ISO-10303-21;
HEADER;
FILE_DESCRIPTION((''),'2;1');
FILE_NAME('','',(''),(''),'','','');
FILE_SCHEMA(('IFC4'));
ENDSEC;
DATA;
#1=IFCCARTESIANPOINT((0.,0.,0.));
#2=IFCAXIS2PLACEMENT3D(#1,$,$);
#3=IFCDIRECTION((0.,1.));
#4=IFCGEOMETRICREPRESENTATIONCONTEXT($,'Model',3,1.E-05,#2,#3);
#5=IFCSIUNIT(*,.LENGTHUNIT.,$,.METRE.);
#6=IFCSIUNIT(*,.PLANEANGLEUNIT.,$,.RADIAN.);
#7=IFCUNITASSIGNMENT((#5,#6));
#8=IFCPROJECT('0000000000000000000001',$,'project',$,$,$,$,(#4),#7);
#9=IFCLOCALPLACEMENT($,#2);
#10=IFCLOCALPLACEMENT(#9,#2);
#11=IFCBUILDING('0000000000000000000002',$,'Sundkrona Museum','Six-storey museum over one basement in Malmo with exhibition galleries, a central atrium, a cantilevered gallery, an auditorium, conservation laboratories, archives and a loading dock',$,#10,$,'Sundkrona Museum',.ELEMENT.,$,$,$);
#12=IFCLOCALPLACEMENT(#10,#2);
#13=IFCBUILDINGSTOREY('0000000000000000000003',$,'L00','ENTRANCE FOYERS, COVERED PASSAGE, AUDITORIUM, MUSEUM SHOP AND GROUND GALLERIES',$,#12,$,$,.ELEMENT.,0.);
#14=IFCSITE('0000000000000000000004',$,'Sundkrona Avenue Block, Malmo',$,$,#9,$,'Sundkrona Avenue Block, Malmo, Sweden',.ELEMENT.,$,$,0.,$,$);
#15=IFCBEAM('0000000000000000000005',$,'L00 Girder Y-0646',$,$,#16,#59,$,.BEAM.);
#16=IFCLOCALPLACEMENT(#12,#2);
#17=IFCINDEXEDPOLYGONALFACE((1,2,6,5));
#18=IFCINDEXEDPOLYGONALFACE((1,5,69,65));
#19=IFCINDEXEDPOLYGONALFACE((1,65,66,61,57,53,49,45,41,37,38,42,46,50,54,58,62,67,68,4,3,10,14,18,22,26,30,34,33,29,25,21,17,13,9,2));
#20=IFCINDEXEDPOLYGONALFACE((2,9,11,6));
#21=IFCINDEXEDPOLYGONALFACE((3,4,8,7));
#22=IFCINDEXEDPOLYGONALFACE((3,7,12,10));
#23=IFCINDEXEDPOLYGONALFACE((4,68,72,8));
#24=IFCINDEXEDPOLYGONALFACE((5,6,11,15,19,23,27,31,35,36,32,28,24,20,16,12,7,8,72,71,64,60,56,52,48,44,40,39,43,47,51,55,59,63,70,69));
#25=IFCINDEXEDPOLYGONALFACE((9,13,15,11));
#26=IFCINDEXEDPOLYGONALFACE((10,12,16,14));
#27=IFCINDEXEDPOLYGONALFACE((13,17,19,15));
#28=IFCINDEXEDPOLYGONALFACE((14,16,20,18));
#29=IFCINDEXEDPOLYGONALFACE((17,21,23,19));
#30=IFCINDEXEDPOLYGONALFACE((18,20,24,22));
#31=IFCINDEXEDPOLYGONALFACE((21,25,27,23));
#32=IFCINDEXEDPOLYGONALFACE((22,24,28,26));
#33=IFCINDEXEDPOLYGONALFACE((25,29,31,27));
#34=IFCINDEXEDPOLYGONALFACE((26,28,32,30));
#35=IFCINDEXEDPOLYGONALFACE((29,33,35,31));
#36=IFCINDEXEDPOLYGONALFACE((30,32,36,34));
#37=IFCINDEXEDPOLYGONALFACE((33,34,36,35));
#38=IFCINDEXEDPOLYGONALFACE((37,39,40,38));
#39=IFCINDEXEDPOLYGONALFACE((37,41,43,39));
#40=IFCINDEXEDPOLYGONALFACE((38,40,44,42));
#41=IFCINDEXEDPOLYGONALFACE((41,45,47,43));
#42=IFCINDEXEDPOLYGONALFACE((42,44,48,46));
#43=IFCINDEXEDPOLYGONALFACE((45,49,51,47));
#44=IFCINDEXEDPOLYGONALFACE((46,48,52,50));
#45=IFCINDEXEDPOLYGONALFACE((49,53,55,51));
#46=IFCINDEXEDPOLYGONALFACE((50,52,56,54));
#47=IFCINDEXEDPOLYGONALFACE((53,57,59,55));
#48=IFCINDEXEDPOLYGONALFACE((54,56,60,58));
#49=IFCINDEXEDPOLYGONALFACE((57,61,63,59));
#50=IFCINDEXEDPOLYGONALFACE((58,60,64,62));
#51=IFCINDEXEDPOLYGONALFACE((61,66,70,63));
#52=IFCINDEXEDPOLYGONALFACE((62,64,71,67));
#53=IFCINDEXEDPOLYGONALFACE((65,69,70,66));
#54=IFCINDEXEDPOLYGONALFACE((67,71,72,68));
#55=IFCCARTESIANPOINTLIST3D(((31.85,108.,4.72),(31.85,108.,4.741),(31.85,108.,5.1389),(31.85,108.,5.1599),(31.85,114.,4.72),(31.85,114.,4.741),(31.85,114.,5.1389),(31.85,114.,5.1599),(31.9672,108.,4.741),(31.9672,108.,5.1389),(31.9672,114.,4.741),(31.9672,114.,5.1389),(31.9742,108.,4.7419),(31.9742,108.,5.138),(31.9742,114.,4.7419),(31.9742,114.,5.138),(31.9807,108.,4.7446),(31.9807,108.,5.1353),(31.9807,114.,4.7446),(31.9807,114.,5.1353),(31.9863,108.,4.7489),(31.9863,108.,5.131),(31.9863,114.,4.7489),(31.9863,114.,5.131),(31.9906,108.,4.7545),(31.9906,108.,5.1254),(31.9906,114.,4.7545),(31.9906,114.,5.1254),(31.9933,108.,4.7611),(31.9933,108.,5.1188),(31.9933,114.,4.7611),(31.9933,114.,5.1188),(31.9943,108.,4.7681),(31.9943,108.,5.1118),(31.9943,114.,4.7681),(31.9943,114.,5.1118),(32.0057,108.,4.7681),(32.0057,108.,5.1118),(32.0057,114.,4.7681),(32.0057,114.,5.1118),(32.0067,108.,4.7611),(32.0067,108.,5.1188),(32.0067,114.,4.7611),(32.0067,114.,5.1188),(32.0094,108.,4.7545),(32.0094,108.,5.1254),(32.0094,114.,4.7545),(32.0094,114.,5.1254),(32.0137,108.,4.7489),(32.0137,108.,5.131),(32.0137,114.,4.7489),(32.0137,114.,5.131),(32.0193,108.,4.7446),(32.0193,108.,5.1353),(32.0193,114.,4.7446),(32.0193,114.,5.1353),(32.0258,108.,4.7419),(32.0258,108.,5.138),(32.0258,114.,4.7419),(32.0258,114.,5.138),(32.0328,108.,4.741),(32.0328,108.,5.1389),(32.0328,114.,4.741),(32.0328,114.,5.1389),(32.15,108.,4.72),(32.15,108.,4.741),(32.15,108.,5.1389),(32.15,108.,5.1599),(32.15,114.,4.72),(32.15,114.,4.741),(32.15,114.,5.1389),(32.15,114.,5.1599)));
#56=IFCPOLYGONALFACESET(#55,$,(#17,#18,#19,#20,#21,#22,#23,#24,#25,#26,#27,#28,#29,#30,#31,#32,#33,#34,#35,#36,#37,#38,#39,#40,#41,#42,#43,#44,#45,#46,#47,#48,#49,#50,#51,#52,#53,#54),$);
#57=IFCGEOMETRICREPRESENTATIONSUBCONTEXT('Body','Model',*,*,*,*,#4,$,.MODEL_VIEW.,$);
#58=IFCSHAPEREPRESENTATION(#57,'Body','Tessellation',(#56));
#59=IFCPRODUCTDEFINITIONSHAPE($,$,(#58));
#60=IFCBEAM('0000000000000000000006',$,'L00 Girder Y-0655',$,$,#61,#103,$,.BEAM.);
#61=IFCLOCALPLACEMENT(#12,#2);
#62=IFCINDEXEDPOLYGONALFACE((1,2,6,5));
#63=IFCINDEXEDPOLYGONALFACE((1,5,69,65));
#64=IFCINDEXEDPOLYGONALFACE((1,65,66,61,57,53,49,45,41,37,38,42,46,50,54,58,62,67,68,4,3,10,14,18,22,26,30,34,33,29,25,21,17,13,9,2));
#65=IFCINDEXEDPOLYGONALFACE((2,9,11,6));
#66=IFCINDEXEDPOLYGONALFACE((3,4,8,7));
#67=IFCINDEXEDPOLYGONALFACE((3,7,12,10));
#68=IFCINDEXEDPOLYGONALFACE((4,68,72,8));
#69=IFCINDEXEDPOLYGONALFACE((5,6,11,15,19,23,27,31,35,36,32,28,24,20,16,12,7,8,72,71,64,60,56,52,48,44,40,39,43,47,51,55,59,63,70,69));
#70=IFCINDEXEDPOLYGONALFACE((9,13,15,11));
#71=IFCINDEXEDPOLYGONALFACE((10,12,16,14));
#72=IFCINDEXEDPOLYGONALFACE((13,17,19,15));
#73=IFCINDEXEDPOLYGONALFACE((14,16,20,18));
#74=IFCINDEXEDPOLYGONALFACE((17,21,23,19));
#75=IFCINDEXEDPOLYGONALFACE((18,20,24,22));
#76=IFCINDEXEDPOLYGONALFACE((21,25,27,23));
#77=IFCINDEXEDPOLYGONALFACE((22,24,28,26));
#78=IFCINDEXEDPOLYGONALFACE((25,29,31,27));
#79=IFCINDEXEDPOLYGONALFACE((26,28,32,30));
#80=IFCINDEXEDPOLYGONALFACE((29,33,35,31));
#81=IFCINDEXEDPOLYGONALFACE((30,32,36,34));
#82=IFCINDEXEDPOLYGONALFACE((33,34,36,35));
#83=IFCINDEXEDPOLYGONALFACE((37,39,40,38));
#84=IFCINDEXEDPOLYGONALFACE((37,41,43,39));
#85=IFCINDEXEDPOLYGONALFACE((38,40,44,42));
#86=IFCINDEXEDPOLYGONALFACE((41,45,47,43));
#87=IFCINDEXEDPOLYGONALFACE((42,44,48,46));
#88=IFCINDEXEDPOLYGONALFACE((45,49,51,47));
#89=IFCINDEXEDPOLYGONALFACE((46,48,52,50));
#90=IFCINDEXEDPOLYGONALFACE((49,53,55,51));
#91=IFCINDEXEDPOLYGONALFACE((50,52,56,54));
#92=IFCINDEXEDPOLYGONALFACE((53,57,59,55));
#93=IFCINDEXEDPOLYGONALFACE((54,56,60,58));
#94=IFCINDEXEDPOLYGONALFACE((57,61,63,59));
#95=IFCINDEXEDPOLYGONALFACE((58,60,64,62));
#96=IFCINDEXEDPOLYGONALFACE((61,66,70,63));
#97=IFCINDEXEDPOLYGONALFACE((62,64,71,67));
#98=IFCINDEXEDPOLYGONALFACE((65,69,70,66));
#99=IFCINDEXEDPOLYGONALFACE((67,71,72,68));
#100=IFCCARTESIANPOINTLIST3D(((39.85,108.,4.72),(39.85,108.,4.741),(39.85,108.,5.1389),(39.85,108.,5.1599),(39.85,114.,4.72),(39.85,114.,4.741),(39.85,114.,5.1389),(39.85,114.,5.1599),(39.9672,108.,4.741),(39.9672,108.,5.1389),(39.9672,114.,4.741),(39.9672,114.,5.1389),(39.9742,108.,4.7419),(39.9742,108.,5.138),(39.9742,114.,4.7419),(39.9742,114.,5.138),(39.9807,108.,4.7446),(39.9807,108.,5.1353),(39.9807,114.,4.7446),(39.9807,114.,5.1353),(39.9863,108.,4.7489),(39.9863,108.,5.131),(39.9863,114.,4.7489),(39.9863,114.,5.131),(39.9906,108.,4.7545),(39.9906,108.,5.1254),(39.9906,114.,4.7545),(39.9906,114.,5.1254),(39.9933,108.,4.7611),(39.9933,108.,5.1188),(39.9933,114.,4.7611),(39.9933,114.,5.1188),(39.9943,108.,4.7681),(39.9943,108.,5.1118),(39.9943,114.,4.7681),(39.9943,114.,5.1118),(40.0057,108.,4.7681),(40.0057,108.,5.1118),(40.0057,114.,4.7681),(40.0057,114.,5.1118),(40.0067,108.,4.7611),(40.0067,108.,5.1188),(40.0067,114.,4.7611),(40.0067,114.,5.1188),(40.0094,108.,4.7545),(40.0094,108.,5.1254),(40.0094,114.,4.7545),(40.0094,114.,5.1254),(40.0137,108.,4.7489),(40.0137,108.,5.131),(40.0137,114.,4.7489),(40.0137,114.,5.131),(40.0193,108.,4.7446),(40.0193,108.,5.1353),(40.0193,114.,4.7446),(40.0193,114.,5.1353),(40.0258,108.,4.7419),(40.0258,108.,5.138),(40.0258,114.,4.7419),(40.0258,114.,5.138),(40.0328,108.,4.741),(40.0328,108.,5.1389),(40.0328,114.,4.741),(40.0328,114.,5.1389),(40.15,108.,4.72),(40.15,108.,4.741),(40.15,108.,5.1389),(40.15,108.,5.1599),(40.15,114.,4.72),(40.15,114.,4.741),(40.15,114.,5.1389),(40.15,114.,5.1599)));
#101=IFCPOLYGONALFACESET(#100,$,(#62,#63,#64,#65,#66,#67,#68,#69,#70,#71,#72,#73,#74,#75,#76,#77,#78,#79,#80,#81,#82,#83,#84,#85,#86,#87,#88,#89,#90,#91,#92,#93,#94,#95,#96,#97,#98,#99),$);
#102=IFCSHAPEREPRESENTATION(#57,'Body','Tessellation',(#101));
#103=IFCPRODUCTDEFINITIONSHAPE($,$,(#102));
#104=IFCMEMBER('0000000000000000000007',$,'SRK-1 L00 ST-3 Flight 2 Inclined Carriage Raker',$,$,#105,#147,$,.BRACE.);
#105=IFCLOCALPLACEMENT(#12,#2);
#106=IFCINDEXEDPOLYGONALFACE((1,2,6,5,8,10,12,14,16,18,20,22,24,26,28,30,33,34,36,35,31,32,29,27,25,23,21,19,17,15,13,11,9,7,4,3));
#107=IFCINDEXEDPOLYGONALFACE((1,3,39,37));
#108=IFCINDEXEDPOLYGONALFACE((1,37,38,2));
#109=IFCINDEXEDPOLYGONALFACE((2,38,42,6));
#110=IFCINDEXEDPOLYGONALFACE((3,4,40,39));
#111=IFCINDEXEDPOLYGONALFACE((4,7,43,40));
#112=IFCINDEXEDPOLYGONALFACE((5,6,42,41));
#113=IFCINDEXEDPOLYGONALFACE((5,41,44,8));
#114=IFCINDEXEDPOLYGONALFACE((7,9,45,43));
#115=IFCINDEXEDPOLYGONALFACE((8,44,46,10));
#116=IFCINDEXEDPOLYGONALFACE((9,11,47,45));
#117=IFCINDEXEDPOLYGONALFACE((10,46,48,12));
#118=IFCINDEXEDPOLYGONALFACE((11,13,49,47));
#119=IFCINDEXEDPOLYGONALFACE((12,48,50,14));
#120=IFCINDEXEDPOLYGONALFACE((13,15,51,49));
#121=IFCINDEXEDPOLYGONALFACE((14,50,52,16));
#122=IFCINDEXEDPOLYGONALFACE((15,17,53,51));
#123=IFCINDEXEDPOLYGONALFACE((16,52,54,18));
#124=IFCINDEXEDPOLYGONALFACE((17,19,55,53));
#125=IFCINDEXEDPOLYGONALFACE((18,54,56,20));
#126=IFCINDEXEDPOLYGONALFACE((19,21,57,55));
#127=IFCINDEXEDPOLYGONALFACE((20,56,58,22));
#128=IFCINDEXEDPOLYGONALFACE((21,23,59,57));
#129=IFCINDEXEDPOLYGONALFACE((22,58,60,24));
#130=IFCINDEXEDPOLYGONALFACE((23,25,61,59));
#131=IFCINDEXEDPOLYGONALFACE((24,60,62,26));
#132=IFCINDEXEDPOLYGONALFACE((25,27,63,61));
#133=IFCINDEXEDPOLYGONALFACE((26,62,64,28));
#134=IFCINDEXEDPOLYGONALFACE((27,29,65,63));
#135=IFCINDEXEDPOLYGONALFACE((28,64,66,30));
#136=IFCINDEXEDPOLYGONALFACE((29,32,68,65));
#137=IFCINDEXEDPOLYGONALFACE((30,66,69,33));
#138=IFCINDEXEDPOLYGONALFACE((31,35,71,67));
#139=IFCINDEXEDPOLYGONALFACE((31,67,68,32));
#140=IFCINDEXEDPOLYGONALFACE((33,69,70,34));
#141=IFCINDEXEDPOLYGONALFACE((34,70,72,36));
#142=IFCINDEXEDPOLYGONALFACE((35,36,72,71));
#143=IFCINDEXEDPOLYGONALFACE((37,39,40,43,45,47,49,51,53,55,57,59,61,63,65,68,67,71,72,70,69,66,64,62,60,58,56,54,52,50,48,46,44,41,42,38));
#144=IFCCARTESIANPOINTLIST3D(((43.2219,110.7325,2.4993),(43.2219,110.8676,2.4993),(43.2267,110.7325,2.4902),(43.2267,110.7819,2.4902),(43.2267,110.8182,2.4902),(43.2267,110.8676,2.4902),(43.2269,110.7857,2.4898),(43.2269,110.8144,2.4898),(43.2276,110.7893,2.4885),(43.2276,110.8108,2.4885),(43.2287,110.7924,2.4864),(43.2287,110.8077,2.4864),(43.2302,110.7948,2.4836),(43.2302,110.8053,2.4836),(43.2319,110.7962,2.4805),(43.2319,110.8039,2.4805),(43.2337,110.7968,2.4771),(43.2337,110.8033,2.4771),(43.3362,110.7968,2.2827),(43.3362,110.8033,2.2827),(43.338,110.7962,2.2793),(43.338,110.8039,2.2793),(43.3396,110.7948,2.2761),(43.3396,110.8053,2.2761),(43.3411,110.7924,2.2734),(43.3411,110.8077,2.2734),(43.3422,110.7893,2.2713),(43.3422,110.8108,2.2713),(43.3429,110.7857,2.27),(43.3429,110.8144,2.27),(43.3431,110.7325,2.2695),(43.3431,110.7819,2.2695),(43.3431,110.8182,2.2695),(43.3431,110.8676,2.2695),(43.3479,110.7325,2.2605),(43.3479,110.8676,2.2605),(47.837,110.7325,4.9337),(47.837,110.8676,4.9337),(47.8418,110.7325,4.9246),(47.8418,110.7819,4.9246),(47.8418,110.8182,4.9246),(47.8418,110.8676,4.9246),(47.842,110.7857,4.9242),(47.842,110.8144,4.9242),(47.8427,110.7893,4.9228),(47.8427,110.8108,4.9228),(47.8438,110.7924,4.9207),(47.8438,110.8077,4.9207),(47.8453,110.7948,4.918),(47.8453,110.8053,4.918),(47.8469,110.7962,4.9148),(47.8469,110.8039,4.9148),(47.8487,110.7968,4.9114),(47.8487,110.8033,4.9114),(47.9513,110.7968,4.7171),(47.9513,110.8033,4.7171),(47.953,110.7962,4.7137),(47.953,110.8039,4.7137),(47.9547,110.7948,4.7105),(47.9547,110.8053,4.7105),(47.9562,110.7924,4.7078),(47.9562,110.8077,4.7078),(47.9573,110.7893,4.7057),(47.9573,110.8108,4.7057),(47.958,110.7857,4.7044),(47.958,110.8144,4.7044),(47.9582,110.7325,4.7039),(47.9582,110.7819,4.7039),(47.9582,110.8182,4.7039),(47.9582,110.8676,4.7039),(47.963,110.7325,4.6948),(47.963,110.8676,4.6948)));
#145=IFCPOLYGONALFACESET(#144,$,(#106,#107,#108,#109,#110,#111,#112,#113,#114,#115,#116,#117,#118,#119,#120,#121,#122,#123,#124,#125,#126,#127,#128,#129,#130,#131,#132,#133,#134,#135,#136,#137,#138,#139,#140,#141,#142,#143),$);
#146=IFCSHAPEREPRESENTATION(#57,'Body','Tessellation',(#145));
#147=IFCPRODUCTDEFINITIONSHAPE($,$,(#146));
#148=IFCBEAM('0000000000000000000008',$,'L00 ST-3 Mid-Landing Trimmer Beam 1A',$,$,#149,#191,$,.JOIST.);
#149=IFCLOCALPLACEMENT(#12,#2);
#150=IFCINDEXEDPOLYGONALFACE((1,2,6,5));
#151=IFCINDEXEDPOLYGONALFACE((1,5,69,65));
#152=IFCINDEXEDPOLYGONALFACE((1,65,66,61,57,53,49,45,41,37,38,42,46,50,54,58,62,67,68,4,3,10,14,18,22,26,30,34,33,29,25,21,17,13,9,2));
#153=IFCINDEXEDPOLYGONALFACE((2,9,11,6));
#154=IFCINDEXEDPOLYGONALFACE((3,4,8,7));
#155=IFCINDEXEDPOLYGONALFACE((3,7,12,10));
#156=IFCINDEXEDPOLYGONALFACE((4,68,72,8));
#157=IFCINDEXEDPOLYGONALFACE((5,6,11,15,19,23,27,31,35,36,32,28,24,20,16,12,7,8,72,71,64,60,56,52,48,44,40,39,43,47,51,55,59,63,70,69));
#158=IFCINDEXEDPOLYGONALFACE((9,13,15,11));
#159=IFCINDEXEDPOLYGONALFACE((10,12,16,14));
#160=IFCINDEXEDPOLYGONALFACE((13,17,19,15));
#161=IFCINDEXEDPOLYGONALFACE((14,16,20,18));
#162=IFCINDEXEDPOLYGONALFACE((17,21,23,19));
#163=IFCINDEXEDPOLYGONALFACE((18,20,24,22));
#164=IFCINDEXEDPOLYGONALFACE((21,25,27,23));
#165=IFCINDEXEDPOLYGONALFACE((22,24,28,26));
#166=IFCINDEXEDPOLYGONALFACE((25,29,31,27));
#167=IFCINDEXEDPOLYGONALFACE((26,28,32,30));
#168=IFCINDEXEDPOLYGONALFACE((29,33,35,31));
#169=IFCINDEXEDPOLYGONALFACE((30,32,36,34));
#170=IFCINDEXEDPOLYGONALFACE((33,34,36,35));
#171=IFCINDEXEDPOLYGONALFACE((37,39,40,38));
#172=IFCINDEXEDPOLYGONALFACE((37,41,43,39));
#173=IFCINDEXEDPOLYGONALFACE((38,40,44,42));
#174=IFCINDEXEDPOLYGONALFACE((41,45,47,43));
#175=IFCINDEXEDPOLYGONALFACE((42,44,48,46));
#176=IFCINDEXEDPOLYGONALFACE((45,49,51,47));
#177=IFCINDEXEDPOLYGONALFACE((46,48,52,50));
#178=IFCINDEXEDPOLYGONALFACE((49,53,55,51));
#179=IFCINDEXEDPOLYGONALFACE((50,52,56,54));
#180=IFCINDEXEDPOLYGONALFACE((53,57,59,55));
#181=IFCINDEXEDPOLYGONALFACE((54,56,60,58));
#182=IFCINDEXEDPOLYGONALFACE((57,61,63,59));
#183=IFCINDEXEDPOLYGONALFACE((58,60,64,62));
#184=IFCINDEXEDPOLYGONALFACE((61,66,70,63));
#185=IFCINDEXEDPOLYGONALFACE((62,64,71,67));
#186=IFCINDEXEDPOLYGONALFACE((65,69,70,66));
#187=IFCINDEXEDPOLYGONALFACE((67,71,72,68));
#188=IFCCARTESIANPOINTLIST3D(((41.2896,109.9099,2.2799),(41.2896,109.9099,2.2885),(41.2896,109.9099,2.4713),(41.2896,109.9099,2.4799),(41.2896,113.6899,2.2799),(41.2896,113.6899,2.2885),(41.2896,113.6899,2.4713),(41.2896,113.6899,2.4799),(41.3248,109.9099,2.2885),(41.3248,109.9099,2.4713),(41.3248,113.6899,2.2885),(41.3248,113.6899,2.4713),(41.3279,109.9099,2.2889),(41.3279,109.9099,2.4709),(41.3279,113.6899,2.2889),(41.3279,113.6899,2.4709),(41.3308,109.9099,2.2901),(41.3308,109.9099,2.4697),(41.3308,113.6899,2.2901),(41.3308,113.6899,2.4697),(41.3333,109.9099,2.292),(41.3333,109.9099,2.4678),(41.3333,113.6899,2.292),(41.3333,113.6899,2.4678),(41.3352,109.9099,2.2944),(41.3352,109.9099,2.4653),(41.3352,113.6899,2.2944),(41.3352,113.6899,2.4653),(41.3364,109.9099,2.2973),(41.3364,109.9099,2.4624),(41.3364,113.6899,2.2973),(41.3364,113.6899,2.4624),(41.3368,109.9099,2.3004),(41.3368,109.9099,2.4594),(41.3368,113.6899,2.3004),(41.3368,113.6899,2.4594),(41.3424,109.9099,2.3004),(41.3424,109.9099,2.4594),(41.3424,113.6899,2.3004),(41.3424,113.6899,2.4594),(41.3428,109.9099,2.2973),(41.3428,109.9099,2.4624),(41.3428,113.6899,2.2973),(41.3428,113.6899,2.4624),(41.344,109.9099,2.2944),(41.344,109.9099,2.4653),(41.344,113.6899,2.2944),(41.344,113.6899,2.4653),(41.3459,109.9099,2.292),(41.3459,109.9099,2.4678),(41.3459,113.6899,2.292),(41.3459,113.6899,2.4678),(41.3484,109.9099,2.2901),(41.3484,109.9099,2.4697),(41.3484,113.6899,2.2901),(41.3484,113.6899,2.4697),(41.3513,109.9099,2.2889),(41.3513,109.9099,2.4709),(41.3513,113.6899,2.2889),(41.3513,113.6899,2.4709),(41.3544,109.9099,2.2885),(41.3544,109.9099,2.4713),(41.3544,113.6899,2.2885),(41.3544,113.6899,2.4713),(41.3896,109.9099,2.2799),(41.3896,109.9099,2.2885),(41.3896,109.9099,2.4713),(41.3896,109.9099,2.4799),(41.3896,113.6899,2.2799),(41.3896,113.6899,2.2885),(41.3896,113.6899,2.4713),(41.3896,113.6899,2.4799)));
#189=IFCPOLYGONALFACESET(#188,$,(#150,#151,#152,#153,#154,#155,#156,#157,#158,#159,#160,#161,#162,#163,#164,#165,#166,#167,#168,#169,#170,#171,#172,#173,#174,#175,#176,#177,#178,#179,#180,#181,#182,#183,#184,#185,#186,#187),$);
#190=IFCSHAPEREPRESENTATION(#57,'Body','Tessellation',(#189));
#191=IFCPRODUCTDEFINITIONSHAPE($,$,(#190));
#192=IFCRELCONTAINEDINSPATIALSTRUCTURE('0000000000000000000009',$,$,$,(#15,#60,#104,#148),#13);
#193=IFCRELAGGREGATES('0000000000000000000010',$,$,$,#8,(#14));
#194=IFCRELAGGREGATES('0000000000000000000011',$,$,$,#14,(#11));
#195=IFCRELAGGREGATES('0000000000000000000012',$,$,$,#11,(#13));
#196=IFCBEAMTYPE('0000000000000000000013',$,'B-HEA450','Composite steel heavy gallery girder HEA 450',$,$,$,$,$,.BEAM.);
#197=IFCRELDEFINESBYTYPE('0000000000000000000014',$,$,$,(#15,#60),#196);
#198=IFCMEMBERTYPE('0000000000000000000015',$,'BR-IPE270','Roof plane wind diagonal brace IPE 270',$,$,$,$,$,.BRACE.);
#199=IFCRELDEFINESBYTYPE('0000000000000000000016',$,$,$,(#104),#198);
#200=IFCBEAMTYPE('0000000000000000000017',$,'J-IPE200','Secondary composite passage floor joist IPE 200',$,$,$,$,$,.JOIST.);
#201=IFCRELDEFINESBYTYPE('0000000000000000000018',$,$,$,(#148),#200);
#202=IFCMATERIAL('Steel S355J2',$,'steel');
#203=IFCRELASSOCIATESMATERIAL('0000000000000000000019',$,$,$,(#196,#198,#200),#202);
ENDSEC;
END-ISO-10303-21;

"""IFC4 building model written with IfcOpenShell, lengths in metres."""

from ifc_helpers import new_model, si_unit, direction, frame, origin, origin_2d, place, context, subcontext, project, spatial, i_section, extrude, material, material_profile, profile_set, type_object, element, save


model = new_model("IFC4")

# Units and contexts
model_context = context("Model", 3, precision=1e-05, world=origin(), true_north=direction((0.0, 1.0)))
body_context = subcontext(model_context, "Body", "Model", "MODEL_VIEW")
ifc_project = project(units=[si_unit("LENGTHUNIT", "METRE"), si_unit("PLANEANGLEUNIT", "RADIAN")], contexts=[model_context])

# Site, building, storey
site_placement = place(None, origin())
site = spatial("IfcSite", under=ifc_project, at=site_placement, Name="Sundkrona Avenue Block, Malmo", LongName="Sundkrona Avenue Block, Malmo, Sweden", CompositionType="ELEMENT", RefElevation=0.0)
building_placement = place(site_placement, origin())
building = spatial("IfcBuilding", under=site, at=building_placement, Name="Sundkrona Museum", Description="Six-storey museum over one basement in Malmo with exhibition galleries, a central atrium, a cantilevered gallery, an auditorium, conservation laboratories, archives and a loading dock", LongName="Sundkrona Museum", CompositionType="ELEMENT")
storey_placement = place(building_placement, origin())
storey = spatial("IfcBuildingStorey", under=building, at=storey_placement, Name="L00", Description="ENTRANCE FOYERS, COVERED PASSAGE, AUDITORIUM, MUSEUM SHOP AND GROUND GALLERIES", CompositionType="ELEMENT", Elevation=0.0)

# Shared definitions
ifc_material_1 = material(Name="Steel S355J2", Category="steel")

# Beams
ifc_material_profile_1 = material_profile(ifc_material_1, i_section(OverallWidth=0.3, OverallDepth=0.4399, WebThickness=0.0115, FlangeThickness=0.021, FilletRadius=0.0271, at=origin_2d()), Name="HEA 450")
ifc_profile_set_1 = profile_set([ifc_material_profile_1], Name="Steel S355J2")
beam_type_1 = type_object("IfcBeamType", Name="B-HEA450", Description="Composite steel heavy gallery girder HEA 450", PredefinedType="BEAM", material=ifc_profile_set_1)
for number, where, z_axis, x_axis, name in (
    (1, (32.0, 108.0, 4.9399), (0.0, 1.0, 0.0), (-1.0, 0.0, 0.0), "L00 Girder Y-0646"),
    (2, (40.0, 108.0, 4.9399), (0.0, 1.0, 0.0), (-1.0, 0.0, 0.0), "L00 Girder Y-0655"),
):
    element("IfcBeam", number, at=place(storey_placement, frame(where, z_axis=z_axis, x_axis=x_axis)), inside=storey, type_object=beam_type_1, Name=name, PredefinedType="BEAM", context=body_context, shape_type="SweptSolid", body=[
        extrude(i_section(OverallWidth=0.3, OverallDepth=0.4399, WebThickness=0.0115, FlangeThickness=0.021, FilletRadius=0.0271, at=origin_2d()), origin(), (0.0, 0.0, 1.0), 6.0),
    ])

# Member
ifc_material_profile_2 = material_profile(ifc_material_1, i_section(OverallWidth=0.135, OverallDepth=0.27, WebThickness=0.0066, FlangeThickness=0.0103, FilletRadius=0.0149, at=origin_2d()), Name="IPE 270")
ifc_profile_set_2 = profile_set([ifc_material_profile_2], Name="Steel S355J2")
member_type = type_object("IfcMemberType", Name="BR-IPE270", Description="Roof plane wind diagonal brace IPE 270", PredefinedType="BRACE", material=ifc_profile_set_2)
member_placement = place(storey_placement, frame((43.2849, 110.8, 2.3799), z_axis=(0.884493, 0.0, 0.466554), x_axis=(0.0, 1.0, 0.0)))
element("IfcMember", 3, at=member_placement, inside=storey, type_object=member_type, Name="SRK-1 L00 ST-3 Flight 2 Inclined Carriage Raker", PredefinedType="BRACE", context=body_context, shape_type="SweptSolid", body=[
    extrude(i_section(OverallWidth=0.135, OverallDepth=0.27, WebThickness=0.0066, FlangeThickness=0.0103, FilletRadius=0.0149, at=origin_2d()), origin(), (0.0, 0.0, 1.0), 5.2178),
])

# Beam
ifc_material_profile_3 = material_profile(ifc_material_1, i_section(OverallWidth=0.1001, OverallDepth=0.2, WebThickness=0.0056, FlangeThickness=0.0085, FilletRadius=0.012, at=origin_2d()), Name="IPE 200")
ifc_profile_set_3 = profile_set([ifc_material_profile_3], Name="Steel S355J2")
beam_type_2 = type_object("IfcBeamType", Name="J-IPE200", Description="Secondary composite passage floor joist IPE 200", PredefinedType="JOIST", material=ifc_profile_set_3)
for number, where, z_axis, x_axis, name in (
    (4, (41.3396, 109.9099, 2.3799), (0.0, 1.0, 0.0), (-1.0, 0.0, 0.0), "L00 ST-3 Mid-Landing Trimmer Beam 1A"),
):
    element("IfcBeam", number, at=place(storey_placement, frame(where, z_axis=z_axis, x_axis=x_axis)), inside=storey, type_object=beam_type_2, Name=name, PredefinedType="JOIST", context=body_context, shape_type="SweptSolid", body=[
        extrude(i_section(OverallWidth=0.1001, OverallDepth=0.2, WebThickness=0.0056, FlangeThickness=0.0085, FilletRadius=0.012, at=origin_2d()), origin(), (0.0, 0.0, 1.0), 3.78),
    ])

save(model, "model.ifc")
